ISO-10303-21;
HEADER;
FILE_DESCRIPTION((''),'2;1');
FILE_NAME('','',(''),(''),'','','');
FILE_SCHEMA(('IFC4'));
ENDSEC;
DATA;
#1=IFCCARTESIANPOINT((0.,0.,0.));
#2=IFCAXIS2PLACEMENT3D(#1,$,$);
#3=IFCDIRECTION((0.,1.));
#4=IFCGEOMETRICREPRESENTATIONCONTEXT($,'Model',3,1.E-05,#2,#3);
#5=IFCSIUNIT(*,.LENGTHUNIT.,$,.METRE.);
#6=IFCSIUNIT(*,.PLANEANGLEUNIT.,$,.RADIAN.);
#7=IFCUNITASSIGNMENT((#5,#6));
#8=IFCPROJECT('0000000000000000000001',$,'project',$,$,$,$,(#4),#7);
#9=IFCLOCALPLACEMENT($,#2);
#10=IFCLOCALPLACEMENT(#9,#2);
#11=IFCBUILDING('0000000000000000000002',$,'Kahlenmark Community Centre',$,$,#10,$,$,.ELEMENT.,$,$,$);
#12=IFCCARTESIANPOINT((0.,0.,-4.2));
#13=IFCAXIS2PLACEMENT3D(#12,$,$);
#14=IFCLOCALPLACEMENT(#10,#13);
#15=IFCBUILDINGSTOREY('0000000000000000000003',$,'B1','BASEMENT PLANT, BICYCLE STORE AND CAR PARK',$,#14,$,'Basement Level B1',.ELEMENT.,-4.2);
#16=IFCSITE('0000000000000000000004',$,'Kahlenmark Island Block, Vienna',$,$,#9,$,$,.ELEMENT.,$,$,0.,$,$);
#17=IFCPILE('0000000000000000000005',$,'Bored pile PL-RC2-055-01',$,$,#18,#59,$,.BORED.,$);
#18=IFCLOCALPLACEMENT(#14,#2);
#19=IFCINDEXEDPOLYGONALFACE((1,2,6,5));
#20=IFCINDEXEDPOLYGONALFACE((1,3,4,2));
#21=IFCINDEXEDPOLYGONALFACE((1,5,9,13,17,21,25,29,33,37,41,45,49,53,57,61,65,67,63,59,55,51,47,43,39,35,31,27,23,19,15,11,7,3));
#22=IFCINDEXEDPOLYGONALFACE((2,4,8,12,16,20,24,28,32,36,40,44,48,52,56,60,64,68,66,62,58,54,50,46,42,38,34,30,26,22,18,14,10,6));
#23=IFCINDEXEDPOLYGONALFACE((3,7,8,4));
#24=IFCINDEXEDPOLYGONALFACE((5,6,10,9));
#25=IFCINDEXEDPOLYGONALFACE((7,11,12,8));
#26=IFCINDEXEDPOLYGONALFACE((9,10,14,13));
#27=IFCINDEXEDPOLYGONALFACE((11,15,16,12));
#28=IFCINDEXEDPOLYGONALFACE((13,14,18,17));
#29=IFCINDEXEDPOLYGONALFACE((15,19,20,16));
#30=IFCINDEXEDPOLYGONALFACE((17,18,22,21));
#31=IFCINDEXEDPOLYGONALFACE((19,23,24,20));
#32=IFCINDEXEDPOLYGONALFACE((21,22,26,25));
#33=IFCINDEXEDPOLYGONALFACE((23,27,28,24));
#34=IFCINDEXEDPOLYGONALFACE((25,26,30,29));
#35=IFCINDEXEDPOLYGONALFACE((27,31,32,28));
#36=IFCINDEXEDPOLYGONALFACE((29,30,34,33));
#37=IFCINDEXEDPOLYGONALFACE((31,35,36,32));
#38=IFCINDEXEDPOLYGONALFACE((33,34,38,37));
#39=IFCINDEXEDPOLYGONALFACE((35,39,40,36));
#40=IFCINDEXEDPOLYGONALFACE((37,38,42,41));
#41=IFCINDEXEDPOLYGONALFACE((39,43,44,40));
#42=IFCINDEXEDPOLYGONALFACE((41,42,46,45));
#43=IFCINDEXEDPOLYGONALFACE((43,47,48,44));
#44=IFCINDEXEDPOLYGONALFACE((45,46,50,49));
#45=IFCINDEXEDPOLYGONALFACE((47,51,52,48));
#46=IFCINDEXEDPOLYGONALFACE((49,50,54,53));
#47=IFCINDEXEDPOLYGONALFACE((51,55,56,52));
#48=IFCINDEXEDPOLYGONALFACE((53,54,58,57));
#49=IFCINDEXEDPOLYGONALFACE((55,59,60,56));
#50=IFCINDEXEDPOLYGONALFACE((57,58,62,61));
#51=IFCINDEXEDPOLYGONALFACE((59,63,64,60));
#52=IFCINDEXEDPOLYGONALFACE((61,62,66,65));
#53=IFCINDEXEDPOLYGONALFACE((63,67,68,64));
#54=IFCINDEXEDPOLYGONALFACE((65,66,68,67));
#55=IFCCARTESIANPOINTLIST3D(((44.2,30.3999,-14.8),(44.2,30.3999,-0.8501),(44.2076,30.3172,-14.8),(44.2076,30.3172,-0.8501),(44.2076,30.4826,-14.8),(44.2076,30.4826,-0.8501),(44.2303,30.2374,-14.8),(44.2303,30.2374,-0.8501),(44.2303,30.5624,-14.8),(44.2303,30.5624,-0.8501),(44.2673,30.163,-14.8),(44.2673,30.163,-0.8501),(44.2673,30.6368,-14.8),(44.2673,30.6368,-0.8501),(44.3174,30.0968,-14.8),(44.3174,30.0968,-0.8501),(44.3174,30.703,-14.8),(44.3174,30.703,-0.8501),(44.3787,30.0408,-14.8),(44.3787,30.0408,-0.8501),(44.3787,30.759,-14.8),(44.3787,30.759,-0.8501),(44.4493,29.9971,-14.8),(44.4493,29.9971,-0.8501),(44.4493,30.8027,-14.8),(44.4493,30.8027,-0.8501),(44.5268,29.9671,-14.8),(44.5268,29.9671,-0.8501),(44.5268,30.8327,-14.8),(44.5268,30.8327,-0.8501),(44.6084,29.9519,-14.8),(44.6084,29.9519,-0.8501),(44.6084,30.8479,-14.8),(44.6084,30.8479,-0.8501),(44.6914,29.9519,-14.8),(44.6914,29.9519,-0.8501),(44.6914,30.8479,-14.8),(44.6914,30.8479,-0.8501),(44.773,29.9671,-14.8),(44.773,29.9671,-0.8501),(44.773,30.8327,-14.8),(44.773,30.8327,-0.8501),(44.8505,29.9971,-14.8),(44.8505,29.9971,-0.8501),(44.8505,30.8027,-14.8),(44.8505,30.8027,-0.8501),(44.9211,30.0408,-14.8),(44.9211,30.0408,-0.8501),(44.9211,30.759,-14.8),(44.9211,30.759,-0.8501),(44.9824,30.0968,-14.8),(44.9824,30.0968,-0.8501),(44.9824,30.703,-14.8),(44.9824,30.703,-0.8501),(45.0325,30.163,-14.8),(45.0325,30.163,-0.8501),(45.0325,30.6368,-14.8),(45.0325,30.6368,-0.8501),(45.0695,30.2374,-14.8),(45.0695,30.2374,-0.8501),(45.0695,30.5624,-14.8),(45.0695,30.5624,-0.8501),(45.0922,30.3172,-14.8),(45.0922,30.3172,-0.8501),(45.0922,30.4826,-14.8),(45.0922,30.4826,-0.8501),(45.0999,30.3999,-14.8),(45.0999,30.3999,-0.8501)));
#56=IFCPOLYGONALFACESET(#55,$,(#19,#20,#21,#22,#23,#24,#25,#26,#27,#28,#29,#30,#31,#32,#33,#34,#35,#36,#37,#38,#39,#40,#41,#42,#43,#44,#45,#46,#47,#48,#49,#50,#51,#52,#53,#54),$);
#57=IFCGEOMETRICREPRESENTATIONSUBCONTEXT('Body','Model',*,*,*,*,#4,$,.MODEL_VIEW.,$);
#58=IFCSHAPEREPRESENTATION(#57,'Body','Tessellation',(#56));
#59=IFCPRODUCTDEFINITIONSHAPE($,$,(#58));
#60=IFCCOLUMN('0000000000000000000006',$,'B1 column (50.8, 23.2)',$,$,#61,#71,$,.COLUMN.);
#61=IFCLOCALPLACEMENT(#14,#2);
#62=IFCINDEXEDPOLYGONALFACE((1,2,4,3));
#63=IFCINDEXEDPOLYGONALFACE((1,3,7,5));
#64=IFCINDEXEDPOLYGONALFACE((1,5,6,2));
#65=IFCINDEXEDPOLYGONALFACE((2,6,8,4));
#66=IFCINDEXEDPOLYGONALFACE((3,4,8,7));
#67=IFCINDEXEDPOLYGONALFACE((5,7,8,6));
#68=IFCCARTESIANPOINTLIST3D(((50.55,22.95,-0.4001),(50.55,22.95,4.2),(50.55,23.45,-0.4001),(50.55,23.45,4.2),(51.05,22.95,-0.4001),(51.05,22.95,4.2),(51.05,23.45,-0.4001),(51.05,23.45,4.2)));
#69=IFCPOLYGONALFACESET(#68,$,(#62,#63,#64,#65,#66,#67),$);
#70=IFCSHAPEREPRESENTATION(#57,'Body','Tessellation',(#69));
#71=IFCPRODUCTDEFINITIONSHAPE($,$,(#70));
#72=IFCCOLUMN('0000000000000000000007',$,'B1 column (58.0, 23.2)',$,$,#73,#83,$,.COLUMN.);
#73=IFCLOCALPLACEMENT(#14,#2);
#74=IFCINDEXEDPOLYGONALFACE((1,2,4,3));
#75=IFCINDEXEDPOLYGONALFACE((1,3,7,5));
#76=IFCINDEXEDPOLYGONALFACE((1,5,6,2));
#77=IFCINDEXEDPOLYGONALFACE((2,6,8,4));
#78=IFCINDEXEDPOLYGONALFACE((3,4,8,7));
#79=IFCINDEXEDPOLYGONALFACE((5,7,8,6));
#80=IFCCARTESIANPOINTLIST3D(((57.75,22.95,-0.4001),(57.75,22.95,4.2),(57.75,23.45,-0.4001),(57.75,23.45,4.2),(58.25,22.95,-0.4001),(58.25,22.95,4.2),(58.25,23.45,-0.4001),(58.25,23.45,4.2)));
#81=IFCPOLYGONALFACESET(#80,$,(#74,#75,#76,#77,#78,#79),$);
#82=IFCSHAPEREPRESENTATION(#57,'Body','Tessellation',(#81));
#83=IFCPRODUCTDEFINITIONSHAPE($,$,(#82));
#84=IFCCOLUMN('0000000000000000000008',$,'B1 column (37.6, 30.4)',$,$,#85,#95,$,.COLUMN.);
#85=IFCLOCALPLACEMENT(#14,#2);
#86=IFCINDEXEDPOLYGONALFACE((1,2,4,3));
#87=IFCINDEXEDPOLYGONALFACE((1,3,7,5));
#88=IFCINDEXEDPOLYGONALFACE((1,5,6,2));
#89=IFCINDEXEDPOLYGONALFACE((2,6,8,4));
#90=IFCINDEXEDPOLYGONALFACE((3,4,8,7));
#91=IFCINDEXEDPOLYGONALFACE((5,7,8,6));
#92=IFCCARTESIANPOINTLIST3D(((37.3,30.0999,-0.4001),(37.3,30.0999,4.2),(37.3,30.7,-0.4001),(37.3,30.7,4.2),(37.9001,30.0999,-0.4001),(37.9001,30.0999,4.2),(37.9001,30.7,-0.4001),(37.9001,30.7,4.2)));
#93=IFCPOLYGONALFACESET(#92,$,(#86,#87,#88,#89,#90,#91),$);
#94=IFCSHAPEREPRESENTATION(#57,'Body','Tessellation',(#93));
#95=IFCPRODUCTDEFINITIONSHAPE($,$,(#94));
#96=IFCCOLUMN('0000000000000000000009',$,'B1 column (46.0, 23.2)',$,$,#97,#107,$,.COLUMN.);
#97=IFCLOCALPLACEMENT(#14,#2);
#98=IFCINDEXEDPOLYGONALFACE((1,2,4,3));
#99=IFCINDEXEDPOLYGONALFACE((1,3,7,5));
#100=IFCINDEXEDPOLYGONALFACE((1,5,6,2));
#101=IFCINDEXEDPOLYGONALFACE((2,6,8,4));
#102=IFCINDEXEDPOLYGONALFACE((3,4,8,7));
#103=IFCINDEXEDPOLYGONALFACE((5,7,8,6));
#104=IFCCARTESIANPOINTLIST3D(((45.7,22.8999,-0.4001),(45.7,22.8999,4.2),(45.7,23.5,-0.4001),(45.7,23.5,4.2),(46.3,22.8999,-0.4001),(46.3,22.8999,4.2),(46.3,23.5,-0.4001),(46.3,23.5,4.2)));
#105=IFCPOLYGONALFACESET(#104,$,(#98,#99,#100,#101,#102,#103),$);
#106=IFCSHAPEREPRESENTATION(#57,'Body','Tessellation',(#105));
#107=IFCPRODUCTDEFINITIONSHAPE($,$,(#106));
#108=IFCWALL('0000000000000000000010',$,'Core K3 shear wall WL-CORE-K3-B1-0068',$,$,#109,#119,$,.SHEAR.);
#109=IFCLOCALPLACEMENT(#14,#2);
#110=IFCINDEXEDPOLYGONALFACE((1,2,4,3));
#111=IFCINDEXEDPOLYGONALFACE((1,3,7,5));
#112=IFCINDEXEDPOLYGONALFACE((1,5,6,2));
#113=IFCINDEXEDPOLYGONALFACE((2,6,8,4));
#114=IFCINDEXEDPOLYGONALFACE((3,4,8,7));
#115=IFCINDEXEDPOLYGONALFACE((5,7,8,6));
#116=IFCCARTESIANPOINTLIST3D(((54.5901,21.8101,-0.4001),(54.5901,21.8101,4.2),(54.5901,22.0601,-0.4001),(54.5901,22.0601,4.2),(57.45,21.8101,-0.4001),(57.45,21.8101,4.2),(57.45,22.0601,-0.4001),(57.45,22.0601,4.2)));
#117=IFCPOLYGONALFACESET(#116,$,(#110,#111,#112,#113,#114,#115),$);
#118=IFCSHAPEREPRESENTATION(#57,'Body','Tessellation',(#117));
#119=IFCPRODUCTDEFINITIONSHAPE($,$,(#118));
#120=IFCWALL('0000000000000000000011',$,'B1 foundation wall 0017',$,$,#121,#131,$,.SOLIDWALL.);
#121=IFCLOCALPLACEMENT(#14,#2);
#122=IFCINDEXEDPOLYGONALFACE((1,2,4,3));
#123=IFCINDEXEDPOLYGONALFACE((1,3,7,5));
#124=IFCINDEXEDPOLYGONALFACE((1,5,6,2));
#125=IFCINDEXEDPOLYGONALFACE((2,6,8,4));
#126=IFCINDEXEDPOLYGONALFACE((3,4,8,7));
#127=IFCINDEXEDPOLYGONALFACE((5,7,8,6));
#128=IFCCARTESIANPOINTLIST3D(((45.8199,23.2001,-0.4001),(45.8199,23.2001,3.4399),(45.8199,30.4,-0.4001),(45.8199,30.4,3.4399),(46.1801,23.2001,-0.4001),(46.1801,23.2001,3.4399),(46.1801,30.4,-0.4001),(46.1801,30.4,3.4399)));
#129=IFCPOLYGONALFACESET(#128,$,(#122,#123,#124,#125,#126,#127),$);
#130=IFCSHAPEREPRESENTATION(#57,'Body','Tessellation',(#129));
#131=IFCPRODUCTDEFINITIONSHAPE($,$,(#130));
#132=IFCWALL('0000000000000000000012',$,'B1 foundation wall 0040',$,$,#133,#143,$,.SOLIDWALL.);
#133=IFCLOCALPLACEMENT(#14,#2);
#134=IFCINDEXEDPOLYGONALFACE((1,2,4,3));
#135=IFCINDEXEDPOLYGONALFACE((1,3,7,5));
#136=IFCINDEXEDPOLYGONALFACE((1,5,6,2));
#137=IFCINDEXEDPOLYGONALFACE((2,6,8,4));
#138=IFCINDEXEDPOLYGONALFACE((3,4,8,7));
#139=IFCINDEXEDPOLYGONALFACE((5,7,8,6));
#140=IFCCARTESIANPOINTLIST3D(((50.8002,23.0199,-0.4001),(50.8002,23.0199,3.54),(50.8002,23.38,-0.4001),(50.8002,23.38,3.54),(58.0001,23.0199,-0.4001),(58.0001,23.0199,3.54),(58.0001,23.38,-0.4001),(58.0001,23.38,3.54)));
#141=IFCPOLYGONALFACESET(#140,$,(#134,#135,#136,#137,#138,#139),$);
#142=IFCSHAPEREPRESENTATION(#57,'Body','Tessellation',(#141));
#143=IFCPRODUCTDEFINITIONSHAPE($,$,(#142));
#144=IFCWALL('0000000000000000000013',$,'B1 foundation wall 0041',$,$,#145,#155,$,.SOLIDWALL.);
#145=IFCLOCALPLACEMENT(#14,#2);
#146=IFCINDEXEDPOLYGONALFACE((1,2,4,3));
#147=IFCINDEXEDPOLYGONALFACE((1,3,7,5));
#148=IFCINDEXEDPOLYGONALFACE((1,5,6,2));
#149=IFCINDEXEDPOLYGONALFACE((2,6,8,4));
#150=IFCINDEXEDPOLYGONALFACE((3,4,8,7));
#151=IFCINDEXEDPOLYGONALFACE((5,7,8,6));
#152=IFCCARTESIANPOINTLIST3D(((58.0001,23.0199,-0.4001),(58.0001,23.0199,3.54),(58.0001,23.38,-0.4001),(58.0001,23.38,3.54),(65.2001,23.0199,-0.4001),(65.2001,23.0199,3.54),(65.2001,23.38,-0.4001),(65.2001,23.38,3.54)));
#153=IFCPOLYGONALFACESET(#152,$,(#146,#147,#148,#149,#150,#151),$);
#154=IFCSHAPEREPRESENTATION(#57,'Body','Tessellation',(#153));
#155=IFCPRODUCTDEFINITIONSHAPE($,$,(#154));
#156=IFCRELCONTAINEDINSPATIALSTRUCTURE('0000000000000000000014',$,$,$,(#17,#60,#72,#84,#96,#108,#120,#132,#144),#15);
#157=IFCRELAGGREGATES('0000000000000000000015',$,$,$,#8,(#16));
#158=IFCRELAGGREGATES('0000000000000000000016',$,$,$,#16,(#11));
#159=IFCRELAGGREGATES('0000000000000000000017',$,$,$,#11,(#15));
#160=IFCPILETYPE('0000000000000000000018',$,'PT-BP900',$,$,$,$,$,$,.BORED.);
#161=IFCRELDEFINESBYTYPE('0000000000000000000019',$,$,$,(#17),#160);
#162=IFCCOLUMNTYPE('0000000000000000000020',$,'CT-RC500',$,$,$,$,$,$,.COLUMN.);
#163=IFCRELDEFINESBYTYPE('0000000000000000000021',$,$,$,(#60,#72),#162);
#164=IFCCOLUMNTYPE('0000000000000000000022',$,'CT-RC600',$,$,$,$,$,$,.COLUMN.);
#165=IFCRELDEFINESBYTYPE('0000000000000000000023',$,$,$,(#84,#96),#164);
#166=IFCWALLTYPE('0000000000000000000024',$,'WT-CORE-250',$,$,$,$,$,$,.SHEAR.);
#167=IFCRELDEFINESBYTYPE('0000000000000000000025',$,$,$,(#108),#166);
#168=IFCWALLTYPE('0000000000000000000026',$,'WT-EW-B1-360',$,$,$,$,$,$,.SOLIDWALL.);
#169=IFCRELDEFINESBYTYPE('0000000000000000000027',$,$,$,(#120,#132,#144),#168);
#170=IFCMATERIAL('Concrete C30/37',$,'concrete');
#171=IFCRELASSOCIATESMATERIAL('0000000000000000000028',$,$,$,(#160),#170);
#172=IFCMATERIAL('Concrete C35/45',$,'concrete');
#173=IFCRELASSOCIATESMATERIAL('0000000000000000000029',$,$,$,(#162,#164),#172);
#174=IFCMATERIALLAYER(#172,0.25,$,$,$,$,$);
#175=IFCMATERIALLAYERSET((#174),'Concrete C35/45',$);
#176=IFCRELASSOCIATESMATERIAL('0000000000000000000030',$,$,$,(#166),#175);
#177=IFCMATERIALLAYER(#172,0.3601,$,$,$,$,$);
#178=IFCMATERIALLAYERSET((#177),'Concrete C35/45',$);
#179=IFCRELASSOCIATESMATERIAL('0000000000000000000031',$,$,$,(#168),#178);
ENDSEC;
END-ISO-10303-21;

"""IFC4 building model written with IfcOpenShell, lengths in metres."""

from ifc_helpers import new_model, si_unit, direction, frame, frame_2d, origin, origin_2d, place, context, subcontext, project, spatial, rectangle, circle, extrude, material, layer, layer_set, material_profile, profile_set, type_object, element, save


model = new_model("IFC4")

# Units and contexts
model_context = context("Model", 3, precision=1e-05, world=origin(), true_north=direction((0.0, 1.0)))
body_context = subcontext(model_context, "Body", "Model", "MODEL_VIEW")
ifc_project = project(units=[si_unit("LENGTHUNIT", "METRE"), si_unit("PLANEANGLEUNIT", "RADIAN")], contexts=[model_context])

# Site, building, storey
site_placement = place(None, origin())
site = spatial("IfcSite", under=ifc_project, at=site_placement, Name="Kahlenmark Island Block, Vienna", CompositionType="ELEMENT", RefElevation=0.0)
building_placement = place(site_placement, origin())
building = spatial("IfcBuilding", under=site, at=building_placement, Name="Kahlenmark Community Centre", CompositionType="ELEMENT")
storey_placement = place(building_placement, frame((0.0, 0.0, -4.2)))
storey = spatial("IfcBuildingStorey", under=building, at=storey_placement, Name="B1", Description="BASEMENT PLANT, BICYCLE STORE AND CAR PARK", LongName="Basement Level B1", CompositionType="ELEMENT", Elevation=-4.2)

# Shared definitions
ifc_material_1 = material(Name="Concrete C30/37", Category="concrete")

# Pile
ifc_material_profile_1 = material_profile(ifc_material_1, circle(Radius=0.45, at=origin_2d()), Name="BORED PILE 900")
ifc_profile_set_1 = profile_set([ifc_material_profile_1], Name="Concrete C30/37")
pile_type_1 = type_object("IfcPileType", Name="PT-BP900", PredefinedType="BORED", material=ifc_profile_set_1)
for number, where, z_axis, x_axis, name in (
    (1, (44.6499, 30.3999, -0.8501), (0.0, 0.0, -1.0), (1.0, 0.0, 0.0), "Bored pile PL-RC2-055-01"),
):
    element("IfcPile", number, at=place(storey_placement, frame(where, z_axis=z_axis, x_axis=x_axis)), inside=storey, type_object=pile_type_1, Name=name, PredefinedType="BORED", context=body_context, shape_type="SweptSolid", body=[
        extrude(circle(Radius=0.45, at=origin_2d()), origin(), (0.0, 0.0, 1.0), 13.95),
    ])

# Columns
ifc_material_2 = material(Name="Concrete C35/45", Category="concrete")
ifc_material_profile_2 = material_profile(ifc_material_2, rectangle(XDim=0.5, YDim=0.5, at=origin_2d()), Name="RC 500x500")
ifc_profile_set_2 = profile_set([ifc_material_profile_2], Name="Concrete C35/45")
column_type_1 = type_object("IfcColumnType", Name="CT-RC500", PredefinedType="COLUMN", material=ifc_profile_set_2)
for number, where, z_axis, x_axis, name in (
    (2, (50.8, 23.2, -0.4001), (0.0, 0.0, 1.0), (1.0, 0.0, 0.0), "B1 column (50.8, 23.2)"),
    (3, (58.0, 23.2, -0.4001), (0.0, 0.0, 1.0), (1.0, 0.0, 0.0), "B1 column (58.0, 23.2)"),
):
    element("IfcColumn", number, at=place(storey_placement, frame(where, z_axis=z_axis, x_axis=x_axis)), inside=storey, type_object=column_type_1, Name=name, PredefinedType="COLUMN", context=body_context, shape_type="SweptSolid", body=[
        extrude(rectangle(XDim=0.5, YDim=0.5, at=origin_2d()), origin(), (0.0, 0.0, 1.0), 4.6001),
    ])
ifc_material_profile_3 = material_profile(ifc_material_2, rectangle(XDim=0.6001, YDim=0.6001, at=origin_2d()), Name="RC 600x600")
ifc_profile_set_3 = profile_set([ifc_material_profile_3], Name="Concrete C35/45")
column_type_2 = type_object("IfcColumnType", Name="CT-RC600", PredefinedType="COLUMN", material=ifc_profile_set_3)
for number, where, z_axis, x_axis, name in (
    (4, (37.6001, 30.3999, -0.4001), (0.0, 0.0, 1.0), (1.0, 0.0, 0.0), "B1 column (37.6, 30.4)"),
    (5, (46.0, 23.2, -0.4001), (0.0, 0.0, 1.0), (1.0, 0.0, 0.0), "B1 column (46.0, 23.2)"),
):
    element("IfcColumn", number, at=place(storey_placement, frame(where, z_axis=z_axis, x_axis=x_axis)), inside=storey, type_object=column_type_2, Name=name, PredefinedType="COLUMN", context=body_context, shape_type="SweptSolid", body=[
        extrude(rectangle(XDim=0.6001, YDim=0.6001, at=origin_2d()), origin(), (0.0, 0.0, 1.0), 4.6001),
    ])

# Walls
ifc_layer_1 = layer(ifc_material_2, 0.25)
ifc_layer_set_1 = layer_set([ifc_layer_1], Name="Concrete C35/45")
wall_type_1 = type_object("IfcWallType", Name="WT-CORE-250", PredefinedType="SHEAR", material=ifc_layer_set_1)
wall_1_placement = place(storey_placement, frame((54.5901, 21.9351, -0.4001), z_axis=(0.0, 0.0, 1.0), x_axis=(1.0, 0.0, 0.0)))
element("IfcWall", 6, at=wall_1_placement, inside=storey, type_object=wall_type_1, Name="Core K3 shear wall WL-CORE-K3-B1-0068", PredefinedType="SHEAR", context=body_context, shape_type="SweptSolid", body=[
    extrude(rectangle(XDim=2.8599, YDim=0.25, at=frame_2d((1.4299, 0.0))), origin(), (0.0, 0.0, 1.0), 4.6001),
])
ifc_layer_2 = layer(ifc_material_2, 0.3601)
ifc_layer_set_2 = layer_set([ifc_layer_2], Name="Concrete C35/45")
wall_type_2 = type_object("IfcWallType", Name="WT-EW-B1-360", PredefinedType="SOLIDWALL", material=ifc_layer_set_2)
wall_2_placement = place(storey_placement, frame((46.0, 23.2, -0.4001), z_axis=(0.0, 0.0, 1.0), x_axis=(0.0, 1.0, 0.0)))
element("IfcWall", 7, at=wall_2_placement, inside=storey, type_object=wall_type_2, Name="B1 foundation wall 0017", PredefinedType="SOLIDWALL", context=body_context, shape_type="SweptSolid", body=[
    extrude(rectangle(XDim=7.2, YDim=0.3601, at=frame_2d((3.6001, 0.0))), origin(), (0.0, 0.0, 1.0), 3.8401),
])
for number, where, z_axis, x_axis, name in (
    (8, (50.8, 23.2, -0.4001), (0.0, 0.0, 1.0), (1.0, 0.0, 0.0), "B1 foundation wall 0040"),
    (9, (58.0, 23.2, -0.4001), (0.0, 0.0, 1.0), (1.0, 0.0, 0.0), "B1 foundation wall 0041"),
):
    element("IfcWall", number, at=place(storey_placement, frame(where, z_axis=z_axis, x_axis=x_axis)), inside=storey, type_object=wall_type_2, Name=name, PredefinedType="SOLIDWALL", context=body_context, shape_type="SweptSolid", body=[
        extrude(rectangle(XDim=7.2, YDim=0.3601, at=frame_2d((3.6001, 0.0))), origin(), (0.0, 0.0, 1.0), 3.9402),
    ])

save(model, "model.ifc")
